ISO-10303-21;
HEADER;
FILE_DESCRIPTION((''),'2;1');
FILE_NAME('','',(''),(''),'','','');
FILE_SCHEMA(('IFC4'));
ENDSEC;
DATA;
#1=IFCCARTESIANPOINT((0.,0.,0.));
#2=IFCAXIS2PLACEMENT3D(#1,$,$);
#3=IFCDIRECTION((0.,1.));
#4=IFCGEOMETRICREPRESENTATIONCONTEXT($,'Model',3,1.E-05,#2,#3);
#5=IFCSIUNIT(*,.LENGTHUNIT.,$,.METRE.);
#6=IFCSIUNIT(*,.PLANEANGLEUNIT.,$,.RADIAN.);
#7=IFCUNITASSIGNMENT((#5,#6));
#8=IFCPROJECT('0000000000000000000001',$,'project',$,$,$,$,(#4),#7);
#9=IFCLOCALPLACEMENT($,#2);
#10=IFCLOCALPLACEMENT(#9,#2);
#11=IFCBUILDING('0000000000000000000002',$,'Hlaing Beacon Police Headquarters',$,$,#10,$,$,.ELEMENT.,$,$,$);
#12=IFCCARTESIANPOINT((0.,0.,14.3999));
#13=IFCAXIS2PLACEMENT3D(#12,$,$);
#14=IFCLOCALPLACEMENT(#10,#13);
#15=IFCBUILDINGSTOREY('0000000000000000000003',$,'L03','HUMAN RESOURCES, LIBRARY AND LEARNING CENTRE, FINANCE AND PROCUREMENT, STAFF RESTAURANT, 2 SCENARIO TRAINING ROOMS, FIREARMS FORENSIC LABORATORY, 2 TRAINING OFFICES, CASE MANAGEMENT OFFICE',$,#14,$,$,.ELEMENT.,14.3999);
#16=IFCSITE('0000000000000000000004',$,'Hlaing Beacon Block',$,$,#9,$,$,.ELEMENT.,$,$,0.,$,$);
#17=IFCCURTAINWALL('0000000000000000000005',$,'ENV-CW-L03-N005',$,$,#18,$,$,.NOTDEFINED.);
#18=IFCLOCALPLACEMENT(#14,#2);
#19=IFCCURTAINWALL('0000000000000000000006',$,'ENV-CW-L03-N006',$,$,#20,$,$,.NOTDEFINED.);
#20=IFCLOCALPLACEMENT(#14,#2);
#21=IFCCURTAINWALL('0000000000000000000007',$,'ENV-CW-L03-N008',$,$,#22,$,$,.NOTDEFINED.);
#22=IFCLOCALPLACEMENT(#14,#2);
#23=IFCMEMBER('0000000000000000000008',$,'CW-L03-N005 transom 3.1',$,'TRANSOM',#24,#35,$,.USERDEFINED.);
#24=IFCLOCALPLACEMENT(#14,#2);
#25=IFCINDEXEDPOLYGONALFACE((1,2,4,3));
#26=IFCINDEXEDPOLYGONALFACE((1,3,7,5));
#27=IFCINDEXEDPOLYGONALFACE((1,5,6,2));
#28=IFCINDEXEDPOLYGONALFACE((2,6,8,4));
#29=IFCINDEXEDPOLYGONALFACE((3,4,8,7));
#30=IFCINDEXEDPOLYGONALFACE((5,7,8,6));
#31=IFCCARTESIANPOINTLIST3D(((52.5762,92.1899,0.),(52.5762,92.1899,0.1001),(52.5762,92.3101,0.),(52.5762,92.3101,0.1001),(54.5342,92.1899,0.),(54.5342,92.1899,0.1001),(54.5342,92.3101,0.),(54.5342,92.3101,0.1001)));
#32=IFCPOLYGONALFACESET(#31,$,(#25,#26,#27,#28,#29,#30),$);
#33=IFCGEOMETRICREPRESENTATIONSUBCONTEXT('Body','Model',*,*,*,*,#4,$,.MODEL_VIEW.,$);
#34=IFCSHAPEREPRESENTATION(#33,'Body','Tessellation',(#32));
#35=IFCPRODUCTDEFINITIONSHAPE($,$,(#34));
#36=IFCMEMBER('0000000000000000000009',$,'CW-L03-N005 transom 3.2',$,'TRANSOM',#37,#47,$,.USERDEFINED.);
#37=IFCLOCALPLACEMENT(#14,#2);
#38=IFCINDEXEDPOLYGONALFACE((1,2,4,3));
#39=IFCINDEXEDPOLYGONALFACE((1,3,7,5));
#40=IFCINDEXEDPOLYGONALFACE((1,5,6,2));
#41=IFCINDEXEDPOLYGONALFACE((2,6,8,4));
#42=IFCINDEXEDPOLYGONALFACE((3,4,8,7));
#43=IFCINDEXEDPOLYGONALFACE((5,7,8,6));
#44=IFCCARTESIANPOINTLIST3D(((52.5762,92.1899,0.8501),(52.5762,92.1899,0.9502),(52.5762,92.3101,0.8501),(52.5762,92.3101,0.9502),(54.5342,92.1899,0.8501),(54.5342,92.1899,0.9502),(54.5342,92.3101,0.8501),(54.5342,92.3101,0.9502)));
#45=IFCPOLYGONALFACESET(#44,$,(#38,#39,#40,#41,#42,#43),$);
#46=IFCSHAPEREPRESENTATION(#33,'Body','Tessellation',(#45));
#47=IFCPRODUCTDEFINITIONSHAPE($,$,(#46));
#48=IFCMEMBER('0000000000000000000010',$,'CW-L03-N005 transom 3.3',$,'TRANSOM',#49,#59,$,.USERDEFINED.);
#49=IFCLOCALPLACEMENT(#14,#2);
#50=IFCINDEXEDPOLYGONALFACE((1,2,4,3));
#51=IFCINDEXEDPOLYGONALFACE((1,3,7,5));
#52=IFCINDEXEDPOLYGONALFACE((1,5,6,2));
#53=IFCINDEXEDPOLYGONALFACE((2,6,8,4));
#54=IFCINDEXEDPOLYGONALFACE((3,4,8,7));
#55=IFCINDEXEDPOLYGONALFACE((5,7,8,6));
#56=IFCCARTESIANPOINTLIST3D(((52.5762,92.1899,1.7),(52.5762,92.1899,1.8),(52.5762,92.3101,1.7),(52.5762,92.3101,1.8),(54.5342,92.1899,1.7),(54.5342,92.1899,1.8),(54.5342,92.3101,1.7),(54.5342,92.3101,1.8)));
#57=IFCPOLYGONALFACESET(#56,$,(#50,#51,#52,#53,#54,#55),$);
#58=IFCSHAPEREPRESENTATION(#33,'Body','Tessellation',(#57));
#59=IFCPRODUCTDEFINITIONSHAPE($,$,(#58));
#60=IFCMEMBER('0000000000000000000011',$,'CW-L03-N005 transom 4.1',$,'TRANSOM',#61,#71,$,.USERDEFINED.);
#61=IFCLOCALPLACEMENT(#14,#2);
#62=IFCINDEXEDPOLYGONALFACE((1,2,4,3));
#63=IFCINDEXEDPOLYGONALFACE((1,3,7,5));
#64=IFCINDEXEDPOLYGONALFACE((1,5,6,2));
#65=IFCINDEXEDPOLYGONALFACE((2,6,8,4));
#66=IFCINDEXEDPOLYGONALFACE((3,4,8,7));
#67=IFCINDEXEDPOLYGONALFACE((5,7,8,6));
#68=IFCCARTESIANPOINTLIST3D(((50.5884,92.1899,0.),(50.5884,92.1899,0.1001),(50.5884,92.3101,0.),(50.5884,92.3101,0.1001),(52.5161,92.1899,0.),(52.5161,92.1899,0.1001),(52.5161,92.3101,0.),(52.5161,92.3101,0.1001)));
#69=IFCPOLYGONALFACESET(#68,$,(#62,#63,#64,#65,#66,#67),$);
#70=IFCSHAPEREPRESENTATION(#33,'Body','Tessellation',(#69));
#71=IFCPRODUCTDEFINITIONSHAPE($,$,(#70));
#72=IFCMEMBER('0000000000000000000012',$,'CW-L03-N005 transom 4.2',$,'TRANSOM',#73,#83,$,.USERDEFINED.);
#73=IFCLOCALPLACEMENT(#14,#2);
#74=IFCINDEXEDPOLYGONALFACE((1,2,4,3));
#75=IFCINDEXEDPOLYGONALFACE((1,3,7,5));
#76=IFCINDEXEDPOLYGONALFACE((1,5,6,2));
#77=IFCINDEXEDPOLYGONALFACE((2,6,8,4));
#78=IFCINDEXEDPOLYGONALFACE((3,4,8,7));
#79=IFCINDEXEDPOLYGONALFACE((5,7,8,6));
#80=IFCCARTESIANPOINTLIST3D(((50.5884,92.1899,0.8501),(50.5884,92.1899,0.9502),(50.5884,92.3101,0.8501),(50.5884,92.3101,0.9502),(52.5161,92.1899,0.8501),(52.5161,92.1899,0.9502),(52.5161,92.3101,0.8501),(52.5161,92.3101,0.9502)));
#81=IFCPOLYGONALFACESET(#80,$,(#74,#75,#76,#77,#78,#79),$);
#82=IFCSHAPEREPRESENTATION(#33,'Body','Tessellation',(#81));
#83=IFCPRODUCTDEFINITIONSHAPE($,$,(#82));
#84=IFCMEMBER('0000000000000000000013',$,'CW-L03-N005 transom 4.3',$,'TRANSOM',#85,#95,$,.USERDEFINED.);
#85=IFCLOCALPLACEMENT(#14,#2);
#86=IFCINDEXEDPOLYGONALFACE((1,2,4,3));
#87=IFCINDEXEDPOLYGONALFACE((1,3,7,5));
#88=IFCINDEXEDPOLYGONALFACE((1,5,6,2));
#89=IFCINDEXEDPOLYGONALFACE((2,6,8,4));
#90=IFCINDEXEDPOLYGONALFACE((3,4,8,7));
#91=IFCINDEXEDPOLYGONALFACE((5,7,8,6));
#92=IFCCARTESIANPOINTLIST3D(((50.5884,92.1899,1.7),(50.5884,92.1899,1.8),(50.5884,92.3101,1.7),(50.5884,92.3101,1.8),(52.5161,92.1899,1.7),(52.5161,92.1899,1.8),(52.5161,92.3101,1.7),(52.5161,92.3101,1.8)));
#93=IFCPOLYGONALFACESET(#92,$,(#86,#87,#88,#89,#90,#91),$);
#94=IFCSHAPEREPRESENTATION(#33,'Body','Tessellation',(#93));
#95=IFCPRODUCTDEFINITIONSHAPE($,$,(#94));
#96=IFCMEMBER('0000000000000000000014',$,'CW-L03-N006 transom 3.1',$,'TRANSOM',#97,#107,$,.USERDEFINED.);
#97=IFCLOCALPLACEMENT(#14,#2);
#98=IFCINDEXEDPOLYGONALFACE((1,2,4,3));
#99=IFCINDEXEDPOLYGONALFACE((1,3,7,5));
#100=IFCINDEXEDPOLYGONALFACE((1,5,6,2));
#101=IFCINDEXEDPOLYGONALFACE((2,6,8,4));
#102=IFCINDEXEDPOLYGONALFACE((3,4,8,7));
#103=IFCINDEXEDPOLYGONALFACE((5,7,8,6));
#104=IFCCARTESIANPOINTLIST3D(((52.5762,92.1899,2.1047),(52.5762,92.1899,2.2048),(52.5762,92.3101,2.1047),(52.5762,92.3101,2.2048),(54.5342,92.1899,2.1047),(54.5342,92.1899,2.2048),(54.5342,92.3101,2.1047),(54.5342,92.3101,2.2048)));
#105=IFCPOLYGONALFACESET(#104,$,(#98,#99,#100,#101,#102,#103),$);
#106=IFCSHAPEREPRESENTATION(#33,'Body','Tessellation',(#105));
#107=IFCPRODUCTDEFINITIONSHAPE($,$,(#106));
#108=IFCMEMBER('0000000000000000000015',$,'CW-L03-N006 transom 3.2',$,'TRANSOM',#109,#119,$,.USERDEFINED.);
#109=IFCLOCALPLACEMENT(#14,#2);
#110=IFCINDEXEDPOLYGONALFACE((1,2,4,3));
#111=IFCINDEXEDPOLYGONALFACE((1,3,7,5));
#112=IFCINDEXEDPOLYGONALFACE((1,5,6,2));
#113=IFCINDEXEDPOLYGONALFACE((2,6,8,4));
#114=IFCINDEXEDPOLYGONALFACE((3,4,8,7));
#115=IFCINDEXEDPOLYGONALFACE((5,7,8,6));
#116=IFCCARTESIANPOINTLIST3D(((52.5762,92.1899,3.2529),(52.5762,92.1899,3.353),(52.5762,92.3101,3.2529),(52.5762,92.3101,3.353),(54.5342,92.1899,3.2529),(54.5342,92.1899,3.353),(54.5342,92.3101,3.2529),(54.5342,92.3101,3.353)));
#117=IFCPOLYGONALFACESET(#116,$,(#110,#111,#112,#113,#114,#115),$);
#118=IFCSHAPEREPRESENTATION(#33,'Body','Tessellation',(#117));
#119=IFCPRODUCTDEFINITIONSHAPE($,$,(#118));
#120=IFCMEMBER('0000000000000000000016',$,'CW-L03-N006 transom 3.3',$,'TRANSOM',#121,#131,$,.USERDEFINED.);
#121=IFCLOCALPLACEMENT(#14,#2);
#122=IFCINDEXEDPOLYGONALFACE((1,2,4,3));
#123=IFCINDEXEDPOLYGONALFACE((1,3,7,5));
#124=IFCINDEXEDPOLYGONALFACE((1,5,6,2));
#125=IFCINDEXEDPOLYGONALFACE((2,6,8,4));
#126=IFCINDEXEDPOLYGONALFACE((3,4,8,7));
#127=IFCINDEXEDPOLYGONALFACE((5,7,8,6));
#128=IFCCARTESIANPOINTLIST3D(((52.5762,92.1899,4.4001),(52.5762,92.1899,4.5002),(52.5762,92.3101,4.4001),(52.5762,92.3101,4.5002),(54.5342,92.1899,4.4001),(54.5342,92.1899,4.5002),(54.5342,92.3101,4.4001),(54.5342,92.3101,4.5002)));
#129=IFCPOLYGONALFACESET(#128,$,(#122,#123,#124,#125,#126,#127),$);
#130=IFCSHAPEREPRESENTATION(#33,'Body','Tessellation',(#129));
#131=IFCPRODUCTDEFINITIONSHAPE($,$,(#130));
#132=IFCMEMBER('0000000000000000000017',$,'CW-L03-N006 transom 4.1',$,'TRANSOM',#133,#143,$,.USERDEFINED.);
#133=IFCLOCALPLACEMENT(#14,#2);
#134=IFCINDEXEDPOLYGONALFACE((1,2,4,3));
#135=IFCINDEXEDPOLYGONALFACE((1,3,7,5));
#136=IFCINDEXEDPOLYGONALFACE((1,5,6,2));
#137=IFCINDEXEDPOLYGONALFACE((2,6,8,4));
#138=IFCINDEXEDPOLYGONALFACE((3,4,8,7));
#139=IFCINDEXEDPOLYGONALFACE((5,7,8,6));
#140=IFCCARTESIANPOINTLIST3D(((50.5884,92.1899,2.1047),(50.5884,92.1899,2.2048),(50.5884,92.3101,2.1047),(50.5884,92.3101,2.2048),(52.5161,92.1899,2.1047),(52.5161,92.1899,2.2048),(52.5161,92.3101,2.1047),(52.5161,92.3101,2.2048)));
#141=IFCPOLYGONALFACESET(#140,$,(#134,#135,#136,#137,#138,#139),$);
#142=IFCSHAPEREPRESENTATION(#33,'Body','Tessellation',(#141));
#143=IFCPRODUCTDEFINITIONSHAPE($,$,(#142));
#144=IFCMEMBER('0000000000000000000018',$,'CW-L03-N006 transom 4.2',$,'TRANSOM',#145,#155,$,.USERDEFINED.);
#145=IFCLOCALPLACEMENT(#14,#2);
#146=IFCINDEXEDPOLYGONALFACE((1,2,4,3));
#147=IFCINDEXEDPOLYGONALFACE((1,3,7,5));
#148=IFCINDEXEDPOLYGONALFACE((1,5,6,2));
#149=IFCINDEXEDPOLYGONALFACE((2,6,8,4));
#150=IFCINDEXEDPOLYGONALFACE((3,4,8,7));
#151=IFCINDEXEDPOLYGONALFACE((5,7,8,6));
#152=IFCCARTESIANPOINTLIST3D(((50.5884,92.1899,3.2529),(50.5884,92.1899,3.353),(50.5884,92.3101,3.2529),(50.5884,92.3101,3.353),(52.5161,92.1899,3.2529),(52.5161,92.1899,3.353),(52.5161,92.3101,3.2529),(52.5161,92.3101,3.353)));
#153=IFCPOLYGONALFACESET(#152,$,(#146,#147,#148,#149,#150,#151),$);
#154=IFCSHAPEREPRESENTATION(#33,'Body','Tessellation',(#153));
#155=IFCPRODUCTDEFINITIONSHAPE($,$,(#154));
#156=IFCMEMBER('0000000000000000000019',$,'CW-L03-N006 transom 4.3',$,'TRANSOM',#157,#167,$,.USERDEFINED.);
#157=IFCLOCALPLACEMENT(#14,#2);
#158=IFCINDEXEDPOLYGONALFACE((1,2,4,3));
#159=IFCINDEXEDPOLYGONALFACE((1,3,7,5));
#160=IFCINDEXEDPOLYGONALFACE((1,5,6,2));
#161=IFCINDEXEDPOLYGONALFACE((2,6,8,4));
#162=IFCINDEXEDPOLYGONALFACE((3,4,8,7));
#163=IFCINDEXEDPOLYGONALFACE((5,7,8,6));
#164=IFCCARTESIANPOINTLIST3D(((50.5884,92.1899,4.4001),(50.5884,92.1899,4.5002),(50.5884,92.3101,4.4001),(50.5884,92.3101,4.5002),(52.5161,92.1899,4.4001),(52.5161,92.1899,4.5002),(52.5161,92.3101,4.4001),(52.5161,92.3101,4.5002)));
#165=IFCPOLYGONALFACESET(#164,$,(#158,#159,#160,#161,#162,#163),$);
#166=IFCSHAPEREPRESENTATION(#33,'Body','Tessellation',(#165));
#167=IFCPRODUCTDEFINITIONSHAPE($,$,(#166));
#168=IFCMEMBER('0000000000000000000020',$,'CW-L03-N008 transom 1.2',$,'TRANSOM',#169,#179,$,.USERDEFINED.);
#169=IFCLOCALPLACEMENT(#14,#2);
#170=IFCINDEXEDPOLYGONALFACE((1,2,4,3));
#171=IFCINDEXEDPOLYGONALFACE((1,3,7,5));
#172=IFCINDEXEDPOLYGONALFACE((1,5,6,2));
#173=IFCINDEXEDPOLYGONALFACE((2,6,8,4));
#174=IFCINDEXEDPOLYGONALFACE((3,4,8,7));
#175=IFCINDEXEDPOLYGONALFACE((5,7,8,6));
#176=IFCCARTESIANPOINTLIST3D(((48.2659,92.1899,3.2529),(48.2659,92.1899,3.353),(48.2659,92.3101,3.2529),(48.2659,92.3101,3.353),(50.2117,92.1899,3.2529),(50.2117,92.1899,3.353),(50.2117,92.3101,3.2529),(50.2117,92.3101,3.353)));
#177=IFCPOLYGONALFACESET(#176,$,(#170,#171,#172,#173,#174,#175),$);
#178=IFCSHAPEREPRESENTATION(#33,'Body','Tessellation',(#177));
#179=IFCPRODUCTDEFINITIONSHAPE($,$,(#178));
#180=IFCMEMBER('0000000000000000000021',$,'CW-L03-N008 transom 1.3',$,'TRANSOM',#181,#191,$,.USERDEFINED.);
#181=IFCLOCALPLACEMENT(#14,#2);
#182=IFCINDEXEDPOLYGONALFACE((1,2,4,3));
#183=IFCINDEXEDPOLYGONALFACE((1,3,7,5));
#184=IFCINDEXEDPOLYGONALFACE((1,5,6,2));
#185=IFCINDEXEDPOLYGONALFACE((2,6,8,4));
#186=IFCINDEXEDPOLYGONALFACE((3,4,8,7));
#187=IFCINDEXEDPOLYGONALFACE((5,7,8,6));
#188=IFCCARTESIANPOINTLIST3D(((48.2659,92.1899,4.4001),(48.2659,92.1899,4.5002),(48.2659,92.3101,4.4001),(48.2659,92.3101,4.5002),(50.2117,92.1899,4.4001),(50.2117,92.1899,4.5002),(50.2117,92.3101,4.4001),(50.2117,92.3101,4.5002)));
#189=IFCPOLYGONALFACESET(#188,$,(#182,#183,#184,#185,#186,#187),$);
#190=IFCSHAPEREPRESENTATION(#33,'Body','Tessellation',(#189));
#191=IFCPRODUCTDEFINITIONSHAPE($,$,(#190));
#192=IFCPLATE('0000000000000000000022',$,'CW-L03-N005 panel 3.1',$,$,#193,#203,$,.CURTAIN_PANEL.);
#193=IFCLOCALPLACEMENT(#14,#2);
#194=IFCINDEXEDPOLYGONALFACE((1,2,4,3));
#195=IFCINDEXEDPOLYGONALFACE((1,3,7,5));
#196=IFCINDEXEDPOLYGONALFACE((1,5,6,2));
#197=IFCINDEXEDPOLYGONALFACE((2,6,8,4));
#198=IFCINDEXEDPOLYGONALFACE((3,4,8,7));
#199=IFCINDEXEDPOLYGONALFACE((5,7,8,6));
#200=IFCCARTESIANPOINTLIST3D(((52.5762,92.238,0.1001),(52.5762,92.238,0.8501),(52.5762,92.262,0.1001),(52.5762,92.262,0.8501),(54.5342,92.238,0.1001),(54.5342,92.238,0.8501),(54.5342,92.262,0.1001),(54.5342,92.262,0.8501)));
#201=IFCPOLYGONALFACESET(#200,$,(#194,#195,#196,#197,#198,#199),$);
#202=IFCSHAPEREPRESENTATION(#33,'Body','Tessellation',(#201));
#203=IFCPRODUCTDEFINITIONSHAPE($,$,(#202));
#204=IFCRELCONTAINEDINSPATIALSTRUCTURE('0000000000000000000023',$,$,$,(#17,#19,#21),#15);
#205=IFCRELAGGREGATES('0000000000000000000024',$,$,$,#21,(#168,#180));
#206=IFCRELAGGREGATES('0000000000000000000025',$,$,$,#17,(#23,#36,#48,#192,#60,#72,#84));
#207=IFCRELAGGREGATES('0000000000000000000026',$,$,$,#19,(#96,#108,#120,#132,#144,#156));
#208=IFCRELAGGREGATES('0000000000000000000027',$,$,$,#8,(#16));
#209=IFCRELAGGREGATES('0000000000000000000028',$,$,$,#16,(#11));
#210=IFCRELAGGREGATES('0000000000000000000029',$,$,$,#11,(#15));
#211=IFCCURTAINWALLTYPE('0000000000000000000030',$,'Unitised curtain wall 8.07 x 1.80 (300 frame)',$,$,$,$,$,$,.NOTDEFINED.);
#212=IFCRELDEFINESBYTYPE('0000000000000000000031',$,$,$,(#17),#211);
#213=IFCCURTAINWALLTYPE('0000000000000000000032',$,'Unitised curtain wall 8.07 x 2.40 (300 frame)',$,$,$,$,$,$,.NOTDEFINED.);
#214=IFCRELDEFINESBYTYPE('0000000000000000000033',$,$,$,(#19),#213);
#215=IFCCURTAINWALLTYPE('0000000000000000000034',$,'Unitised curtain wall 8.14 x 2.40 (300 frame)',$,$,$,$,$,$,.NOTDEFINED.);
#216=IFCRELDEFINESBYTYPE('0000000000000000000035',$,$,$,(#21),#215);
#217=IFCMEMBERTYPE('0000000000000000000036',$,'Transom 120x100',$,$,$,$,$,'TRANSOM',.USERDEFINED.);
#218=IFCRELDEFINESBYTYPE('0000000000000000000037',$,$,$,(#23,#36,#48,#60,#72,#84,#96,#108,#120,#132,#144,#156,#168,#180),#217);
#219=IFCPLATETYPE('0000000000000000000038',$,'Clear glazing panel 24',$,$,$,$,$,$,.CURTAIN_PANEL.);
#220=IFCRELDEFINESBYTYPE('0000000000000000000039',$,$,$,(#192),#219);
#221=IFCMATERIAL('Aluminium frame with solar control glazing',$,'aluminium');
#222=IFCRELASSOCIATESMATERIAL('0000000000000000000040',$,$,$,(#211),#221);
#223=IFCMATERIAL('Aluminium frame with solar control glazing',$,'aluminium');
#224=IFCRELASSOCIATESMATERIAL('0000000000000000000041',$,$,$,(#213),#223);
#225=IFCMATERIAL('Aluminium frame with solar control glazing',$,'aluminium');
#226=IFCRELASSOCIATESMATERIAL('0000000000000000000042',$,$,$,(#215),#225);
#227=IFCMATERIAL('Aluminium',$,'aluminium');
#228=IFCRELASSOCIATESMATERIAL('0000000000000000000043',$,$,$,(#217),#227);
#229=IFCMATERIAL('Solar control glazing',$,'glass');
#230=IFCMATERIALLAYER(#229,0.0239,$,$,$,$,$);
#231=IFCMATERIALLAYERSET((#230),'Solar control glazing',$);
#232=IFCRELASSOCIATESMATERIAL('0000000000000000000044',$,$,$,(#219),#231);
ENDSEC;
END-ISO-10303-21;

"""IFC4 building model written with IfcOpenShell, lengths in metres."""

from ifc_helpers import new_model, si_unit, direction, frame, origin, origin_2d, place, context, subcontext, project, spatial, rectangle, extrude, material, layer, layer_set, material_profile, profile_set, type_object, element, aggregate, save


model = new_model("IFC4")

# Units and contexts
model_context = context("Model", 3, precision=1e-05, world=origin(), true_north=direction((0.0, 1.0)))
body_context = subcontext(model_context, "Body", "Model", "MODEL_VIEW")
ifc_project = project(units=[si_unit("LENGTHUNIT", "METRE"), si_unit("PLANEANGLEUNIT", "RADIAN")], contexts=[model_context])

# Site, building, storey
site_placement = place(None, origin())
site = spatial("IfcSite", under=ifc_project, at=site_placement, Name="Hlaing Beacon Block", CompositionType="ELEMENT", RefElevation=0.0)
building_placement = place(site_placement, origin())
building = spatial("IfcBuilding", under=site, at=building_placement, Name="Hlaing Beacon Police Headquarters", CompositionType="ELEMENT")
storey_placement = place(building_placement, frame((0.0, 0.0, 14.3999)))
storey = spatial("IfcBuildingStorey", under=building, at=storey_placement, Name="L03", Description="HUMAN RESOURCES, LIBRARY AND LEARNING CENTRE, FINANCE AND PROCUREMENT, STAFF RESTAURANT, 2 SCENARIO TRAINING ROOMS, FIREARMS FORENSIC LABORATORY, 2 TRAINING OFFICES, CASE MANAGEMENT OFFICE", CompositionType="ELEMENT", Elevation=14.3999)

# Curtain walls
ifc_material_1 = material(Name="Aluminium frame with solar control glazing", Category="aluminium")
curtain_wall_type_1 = type_object("IfcCurtainWallType", Name="Unitised curtain wall 8.07 x 1.80 (300 frame)", PredefinedType="NOTDEFINED", material=ifc_material_1)
curtain_wall_1_placement = place(storey_placement, origin())
curtain_wall_1 = element("IfcCurtainWall", 1, at=curtain_wall_1_placement, inside=storey, type_object=curtain_wall_type_1, Name="ENV-CW-L03-N005", PredefinedType="NOTDEFINED")
ifc_material_2 = material(Name="Aluminium frame with solar control glazing", Category="aluminium")
curtain_wall_type_2 = type_object("IfcCurtainWallType", Name="Unitised curtain wall 8.07 x 2.40 (300 frame)", PredefinedType="NOTDEFINED", material=ifc_material_2)
curtain_wall_2_placement = place(storey_placement, origin())
curtain_wall_2 = element("IfcCurtainWall", 2, at=curtain_wall_2_placement, inside=storey, type_object=curtain_wall_type_2, Name="ENV-CW-L03-N006", PredefinedType="NOTDEFINED")

# Curtain wall
ifc_material_3 = material(Name="Aluminium frame with solar control glazing", Category="aluminium")
curtain_wall_type_3 = type_object("IfcCurtainWallType", Name="Unitised curtain wall 8.14 x 2.40 (300 frame)", PredefinedType="NOTDEFINED", material=ifc_material_3)
curtain_wall_3_placement = place(storey_placement, origin())
curtain_wall_3 = element("IfcCurtainWall", 3, at=curtain_wall_3_placement, inside=storey, type_object=curtain_wall_type_3, Name="ENV-CW-L03-N008", PredefinedType="NOTDEFINED")

# Members
ifc_material_4 = material(Name="Aluminium", Category="aluminium")
ifc_material_profile_1 = material_profile(ifc_material_4, rectangle(XDim=0.1201, YDim=0.1001, at=origin_2d()), Name="Transom 120x100")
ifc_profile_set_1 = profile_set([ifc_material_profile_1], Name="Aluminium")
member_type_1 = type_object("IfcMemberType", Name="Transom 120x100", ElementType="TRANSOM", PredefinedType="USERDEFINED", material=ifc_profile_set_1)
member_1_placement = place(storey_placement, frame((54.5342, 92.25, 0.05), z_axis=(-1.0, 0.0, 0.0), x_axis=(0.0, -1.0, 0.0)))
member_1 = element("IfcMember", 4, at=member_1_placement, type_object=member_type_1, Name="CW-L03-N005 transom 3.1", ObjectType="TRANSOM", PredefinedType="USERDEFINED", context=body_context, shape_type="SweptSolid", body=[
    extrude(rectangle(XDim=0.1201, YDim=0.1001, at=origin_2d()), origin(), (0.0, 0.0, 1.0), 1.958),
])
member_2_placement = place(storey_placement, frame((54.5342, 92.25, 0.9001), z_axis=(-1.0, 0.0, 0.0), x_axis=(0.0, -1.0, 0.0)))
member_2 = element("IfcMember", 5, at=member_2_placement, type_object=member_type_1, Name="CW-L03-N005 transom 3.2", ObjectType="TRANSOM", PredefinedType="USERDEFINED", context=body_context, shape_type="SweptSolid", body=[
    extrude(rectangle(XDim=0.1201, YDim=0.1001, at=origin_2d()), origin(), (0.0, 0.0, 1.0), 1.958),
])
member_3_placement = place(storey_placement, frame((54.5342, 92.25, 1.75), z_axis=(-1.0, 0.0, 0.0), x_axis=(0.0, -1.0, 0.0)))
member_3 = element("IfcMember", 6, at=member_3_placement, type_object=member_type_1, Name="CW-L03-N005 transom 3.3", ObjectType="TRANSOM", PredefinedType="USERDEFINED", context=body_context, shape_type="SweptSolid", body=[
    extrude(rectangle(XDim=0.1201, YDim=0.1001, at=origin_2d()), origin(), (0.0, 0.0, 1.0), 1.958),
])
member_4_placement = place(storey_placement, frame((52.5161, 92.25, 0.05), z_axis=(-1.0, 0.0, 0.0), x_axis=(0.0, -1.0, 0.0)))
member_4 = element("IfcMember", 7, at=member_4_placement, type_object=member_type_1, Name="CW-L03-N005 transom 4.1", ObjectType="TRANSOM", PredefinedType="USERDEFINED", context=body_context, shape_type="SweptSolid", body=[
    extrude(rectangle(XDim=0.1201, YDim=0.1001, at=origin_2d()), origin(), (0.0, 0.0, 1.0), 1.9277),
])
member_5_placement = place(storey_placement, frame((52.5161, 92.25, 0.9001), z_axis=(-1.0, 0.0, 0.0), x_axis=(0.0, -1.0, 0.0)))
member_5 = element("IfcMember", 8, at=member_5_placement, type_object=member_type_1, Name="CW-L03-N005 transom 4.2", ObjectType="TRANSOM", PredefinedType="USERDEFINED", context=body_context, shape_type="SweptSolid", body=[
    extrude(rectangle(XDim=0.1201, YDim=0.1001, at=origin_2d()), origin(), (0.0, 0.0, 1.0), 1.9277),
])
member_6_placement = place(storey_placement, frame((52.5161, 92.25, 1.75), z_axis=(-1.0, 0.0, 0.0), x_axis=(0.0, -1.0, 0.0)))
member_6 = element("IfcMember", 9, at=member_6_placement, type_object=member_type_1, Name="CW-L03-N005 transom 4.3", ObjectType="TRANSOM", PredefinedType="USERDEFINED", context=body_context, shape_type="SweptSolid", body=[
    extrude(rectangle(XDim=0.1201, YDim=0.1001, at=origin_2d()), origin(), (0.0, 0.0, 1.0), 1.9277),
])
member_7_placement = place(storey_placement, frame((54.5342, 92.25, 2.1548), z_axis=(-1.0, 0.0, 0.0), x_axis=(0.0, -1.0, 0.0)))
member_7 = element("IfcMember", 10, at=member_7_placement, type_object=member_type_1, Name="CW-L03-N006 transom 3.1", ObjectType="TRANSOM", PredefinedType="USERDEFINED", context=body_context, shape_type="SweptSolid", body=[
    extrude(rectangle(XDim=0.1201, YDim=0.1001, at=origin_2d()), origin(), (0.0, 0.0, 1.0), 1.958),
])
member_8_placement = place(storey_placement, frame((54.5342, 92.25, 3.303), z_axis=(-1.0, 0.0, 0.0), x_axis=(0.0, -1.0, 0.0)))
member_8 = element("IfcMember", 11, at=member_8_placement, type_object=member_type_1, Name="CW-L03-N006 transom 3.2", ObjectType="TRANSOM", PredefinedType="USERDEFINED", context=body_context, shape_type="SweptSolid", body=[
    extrude(rectangle(XDim=0.1201, YDim=0.1001, at=origin_2d()), origin(), (0.0, 0.0, 1.0), 1.958),
])
member_9_placement = place(storey_placement, frame((54.5342, 92.25, 4.4502), z_axis=(-1.0, 0.0, 0.0), x_axis=(0.0, -1.0, 0.0)))
member_9 = element("IfcMember", 12, at=member_9_placement, type_object=member_type_1, Name="CW-L03-N006 transom 3.3", ObjectType="TRANSOM", PredefinedType="USERDEFINED", context=body_context, shape_type="SweptSolid", body=[
    extrude(rectangle(XDim=0.1201, YDim=0.1001, at=origin_2d()), origin(), (0.0, 0.0, 1.0), 1.958),
])
member_10_placement = place(storey_placement, frame((52.5161, 92.25, 2.1548), z_axis=(-1.0, 0.0, 0.0), x_axis=(0.0, -1.0, 0.0)))
member_10 = element("IfcMember", 13, at=member_10_placement, type_object=member_type_1, Name="CW-L03-N006 transom 4.1", ObjectType="TRANSOM", PredefinedType="USERDEFINED", context=body_context, shape_type="SweptSolid", body=[
    extrude(rectangle(XDim=0.1201, YDim=0.1001, at=origin_2d()), origin(), (0.0, 0.0, 1.0), 1.9277),
])
member_11_placement = place(storey_placement, frame((52.5161, 92.25, 3.303), z_axis=(-1.0, 0.0, 0.0), x_axis=(0.0, -1.0, 0.0)))
member_11 = element("IfcMember", 14, at=member_11_placement, type_object=member_type_1, Name="CW-L03-N006 transom 4.2", ObjectType="TRANSOM", PredefinedType="USERDEFINED", context=body_context, shape_type="SweptSolid", body=[
    extrude(rectangle(XDim=0.1201, YDim=0.1001, at=origin_2d()), origin(), (0.0, 0.0, 1.0), 1.9277),
])
member_12_placement = place(storey_placement, frame((52.5161, 92.25, 4.4502), z_axis=(-1.0, 0.0, 0.0), x_axis=(0.0, -1.0, 0.0)))
member_12 = element("IfcMember", 15, at=member_12_placement, type_object=member_type_1, Name="CW-L03-N006 transom 4.3", ObjectType="TRANSOM", PredefinedType="USERDEFINED", context=body_context, shape_type="SweptSolid", body=[
    extrude(rectangle(XDim=0.1201, YDim=0.1001, at=origin_2d()), origin(), (0.0, 0.0, 1.0), 1.9277),
])
member_13_placement = place(storey_placement, frame((50.2117, 92.25, 3.303), z_axis=(-1.0, 0.0, 0.0), x_axis=(0.0, -1.0, 0.0)))
member_13 = element("IfcMember", 16, at=member_13_placement, type_object=member_type_1, Name="CW-L03-N008 transom 1.2", ObjectType="TRANSOM", PredefinedType="USERDEFINED", context=body_context, shape_type="SweptSolid", body=[
    extrude(rectangle(XDim=0.1201, YDim=0.1001, at=origin_2d()), origin(), (0.0, 0.0, 1.0), 1.9458),
])
member_14_placement = place(storey_placement, frame((50.2117, 92.25, 4.4502), z_axis=(-1.0, 0.0, 0.0), x_axis=(0.0, -1.0, 0.0)))
member_14 = element("IfcMember", 17, at=member_14_placement, type_object=member_type_1, Name="CW-L03-N008 transom 1.3", ObjectType="TRANSOM", PredefinedType="USERDEFINED", context=body_context, shape_type="SweptSolid", body=[
    extrude(rectangle(XDim=0.1201, YDim=0.1001, at=origin_2d()), origin(), (0.0, 0.0, 1.0), 1.9458),
])
aggregate(curtain_wall_3, [member_13, member_14])

# Plate
ifc_material_5 = material(Name="Solar control glazing", Category="glass")
ifc_layer_1 = layer(ifc_material_5, 0.0239)
ifc_layer_set_1 = layer_set([ifc_layer_1], Name="Solar control glazing")
plate_type_1 = type_object("IfcPlateType", Name="Clear glazing panel 24", PredefinedType="CURTAIN_PANEL", material=ifc_layer_set_1)
plate_1_placement = place(storey_placement, frame((53.5552, 92.25, 0.1001), z_axis=(0.0, 0.0, 1.0), x_axis=(-1.0, 0.0, 0.0)))
plate_1 = element("IfcPlate", 18, at=plate_1_placement, type_object=plate_type_1, Name="CW-L03-N005 panel 3.1", PredefinedType="CURTAIN_PANEL", context=body_context, shape_type="SweptSolid", body=[
    extrude(rectangle(XDim=1.958, YDim=0.0239, at=origin_2d()), origin(), (0.0, 0.0, 1.0), 0.75),
])
aggregate(curtain_wall_1, [member_1, member_2, member_3, plate_1, member_4, member_5, member_6])
aggregate(curtain_wall_2, [member_7, member_8, member_9, member_10, member_11, member_12])

save(model, "model.ifc")
